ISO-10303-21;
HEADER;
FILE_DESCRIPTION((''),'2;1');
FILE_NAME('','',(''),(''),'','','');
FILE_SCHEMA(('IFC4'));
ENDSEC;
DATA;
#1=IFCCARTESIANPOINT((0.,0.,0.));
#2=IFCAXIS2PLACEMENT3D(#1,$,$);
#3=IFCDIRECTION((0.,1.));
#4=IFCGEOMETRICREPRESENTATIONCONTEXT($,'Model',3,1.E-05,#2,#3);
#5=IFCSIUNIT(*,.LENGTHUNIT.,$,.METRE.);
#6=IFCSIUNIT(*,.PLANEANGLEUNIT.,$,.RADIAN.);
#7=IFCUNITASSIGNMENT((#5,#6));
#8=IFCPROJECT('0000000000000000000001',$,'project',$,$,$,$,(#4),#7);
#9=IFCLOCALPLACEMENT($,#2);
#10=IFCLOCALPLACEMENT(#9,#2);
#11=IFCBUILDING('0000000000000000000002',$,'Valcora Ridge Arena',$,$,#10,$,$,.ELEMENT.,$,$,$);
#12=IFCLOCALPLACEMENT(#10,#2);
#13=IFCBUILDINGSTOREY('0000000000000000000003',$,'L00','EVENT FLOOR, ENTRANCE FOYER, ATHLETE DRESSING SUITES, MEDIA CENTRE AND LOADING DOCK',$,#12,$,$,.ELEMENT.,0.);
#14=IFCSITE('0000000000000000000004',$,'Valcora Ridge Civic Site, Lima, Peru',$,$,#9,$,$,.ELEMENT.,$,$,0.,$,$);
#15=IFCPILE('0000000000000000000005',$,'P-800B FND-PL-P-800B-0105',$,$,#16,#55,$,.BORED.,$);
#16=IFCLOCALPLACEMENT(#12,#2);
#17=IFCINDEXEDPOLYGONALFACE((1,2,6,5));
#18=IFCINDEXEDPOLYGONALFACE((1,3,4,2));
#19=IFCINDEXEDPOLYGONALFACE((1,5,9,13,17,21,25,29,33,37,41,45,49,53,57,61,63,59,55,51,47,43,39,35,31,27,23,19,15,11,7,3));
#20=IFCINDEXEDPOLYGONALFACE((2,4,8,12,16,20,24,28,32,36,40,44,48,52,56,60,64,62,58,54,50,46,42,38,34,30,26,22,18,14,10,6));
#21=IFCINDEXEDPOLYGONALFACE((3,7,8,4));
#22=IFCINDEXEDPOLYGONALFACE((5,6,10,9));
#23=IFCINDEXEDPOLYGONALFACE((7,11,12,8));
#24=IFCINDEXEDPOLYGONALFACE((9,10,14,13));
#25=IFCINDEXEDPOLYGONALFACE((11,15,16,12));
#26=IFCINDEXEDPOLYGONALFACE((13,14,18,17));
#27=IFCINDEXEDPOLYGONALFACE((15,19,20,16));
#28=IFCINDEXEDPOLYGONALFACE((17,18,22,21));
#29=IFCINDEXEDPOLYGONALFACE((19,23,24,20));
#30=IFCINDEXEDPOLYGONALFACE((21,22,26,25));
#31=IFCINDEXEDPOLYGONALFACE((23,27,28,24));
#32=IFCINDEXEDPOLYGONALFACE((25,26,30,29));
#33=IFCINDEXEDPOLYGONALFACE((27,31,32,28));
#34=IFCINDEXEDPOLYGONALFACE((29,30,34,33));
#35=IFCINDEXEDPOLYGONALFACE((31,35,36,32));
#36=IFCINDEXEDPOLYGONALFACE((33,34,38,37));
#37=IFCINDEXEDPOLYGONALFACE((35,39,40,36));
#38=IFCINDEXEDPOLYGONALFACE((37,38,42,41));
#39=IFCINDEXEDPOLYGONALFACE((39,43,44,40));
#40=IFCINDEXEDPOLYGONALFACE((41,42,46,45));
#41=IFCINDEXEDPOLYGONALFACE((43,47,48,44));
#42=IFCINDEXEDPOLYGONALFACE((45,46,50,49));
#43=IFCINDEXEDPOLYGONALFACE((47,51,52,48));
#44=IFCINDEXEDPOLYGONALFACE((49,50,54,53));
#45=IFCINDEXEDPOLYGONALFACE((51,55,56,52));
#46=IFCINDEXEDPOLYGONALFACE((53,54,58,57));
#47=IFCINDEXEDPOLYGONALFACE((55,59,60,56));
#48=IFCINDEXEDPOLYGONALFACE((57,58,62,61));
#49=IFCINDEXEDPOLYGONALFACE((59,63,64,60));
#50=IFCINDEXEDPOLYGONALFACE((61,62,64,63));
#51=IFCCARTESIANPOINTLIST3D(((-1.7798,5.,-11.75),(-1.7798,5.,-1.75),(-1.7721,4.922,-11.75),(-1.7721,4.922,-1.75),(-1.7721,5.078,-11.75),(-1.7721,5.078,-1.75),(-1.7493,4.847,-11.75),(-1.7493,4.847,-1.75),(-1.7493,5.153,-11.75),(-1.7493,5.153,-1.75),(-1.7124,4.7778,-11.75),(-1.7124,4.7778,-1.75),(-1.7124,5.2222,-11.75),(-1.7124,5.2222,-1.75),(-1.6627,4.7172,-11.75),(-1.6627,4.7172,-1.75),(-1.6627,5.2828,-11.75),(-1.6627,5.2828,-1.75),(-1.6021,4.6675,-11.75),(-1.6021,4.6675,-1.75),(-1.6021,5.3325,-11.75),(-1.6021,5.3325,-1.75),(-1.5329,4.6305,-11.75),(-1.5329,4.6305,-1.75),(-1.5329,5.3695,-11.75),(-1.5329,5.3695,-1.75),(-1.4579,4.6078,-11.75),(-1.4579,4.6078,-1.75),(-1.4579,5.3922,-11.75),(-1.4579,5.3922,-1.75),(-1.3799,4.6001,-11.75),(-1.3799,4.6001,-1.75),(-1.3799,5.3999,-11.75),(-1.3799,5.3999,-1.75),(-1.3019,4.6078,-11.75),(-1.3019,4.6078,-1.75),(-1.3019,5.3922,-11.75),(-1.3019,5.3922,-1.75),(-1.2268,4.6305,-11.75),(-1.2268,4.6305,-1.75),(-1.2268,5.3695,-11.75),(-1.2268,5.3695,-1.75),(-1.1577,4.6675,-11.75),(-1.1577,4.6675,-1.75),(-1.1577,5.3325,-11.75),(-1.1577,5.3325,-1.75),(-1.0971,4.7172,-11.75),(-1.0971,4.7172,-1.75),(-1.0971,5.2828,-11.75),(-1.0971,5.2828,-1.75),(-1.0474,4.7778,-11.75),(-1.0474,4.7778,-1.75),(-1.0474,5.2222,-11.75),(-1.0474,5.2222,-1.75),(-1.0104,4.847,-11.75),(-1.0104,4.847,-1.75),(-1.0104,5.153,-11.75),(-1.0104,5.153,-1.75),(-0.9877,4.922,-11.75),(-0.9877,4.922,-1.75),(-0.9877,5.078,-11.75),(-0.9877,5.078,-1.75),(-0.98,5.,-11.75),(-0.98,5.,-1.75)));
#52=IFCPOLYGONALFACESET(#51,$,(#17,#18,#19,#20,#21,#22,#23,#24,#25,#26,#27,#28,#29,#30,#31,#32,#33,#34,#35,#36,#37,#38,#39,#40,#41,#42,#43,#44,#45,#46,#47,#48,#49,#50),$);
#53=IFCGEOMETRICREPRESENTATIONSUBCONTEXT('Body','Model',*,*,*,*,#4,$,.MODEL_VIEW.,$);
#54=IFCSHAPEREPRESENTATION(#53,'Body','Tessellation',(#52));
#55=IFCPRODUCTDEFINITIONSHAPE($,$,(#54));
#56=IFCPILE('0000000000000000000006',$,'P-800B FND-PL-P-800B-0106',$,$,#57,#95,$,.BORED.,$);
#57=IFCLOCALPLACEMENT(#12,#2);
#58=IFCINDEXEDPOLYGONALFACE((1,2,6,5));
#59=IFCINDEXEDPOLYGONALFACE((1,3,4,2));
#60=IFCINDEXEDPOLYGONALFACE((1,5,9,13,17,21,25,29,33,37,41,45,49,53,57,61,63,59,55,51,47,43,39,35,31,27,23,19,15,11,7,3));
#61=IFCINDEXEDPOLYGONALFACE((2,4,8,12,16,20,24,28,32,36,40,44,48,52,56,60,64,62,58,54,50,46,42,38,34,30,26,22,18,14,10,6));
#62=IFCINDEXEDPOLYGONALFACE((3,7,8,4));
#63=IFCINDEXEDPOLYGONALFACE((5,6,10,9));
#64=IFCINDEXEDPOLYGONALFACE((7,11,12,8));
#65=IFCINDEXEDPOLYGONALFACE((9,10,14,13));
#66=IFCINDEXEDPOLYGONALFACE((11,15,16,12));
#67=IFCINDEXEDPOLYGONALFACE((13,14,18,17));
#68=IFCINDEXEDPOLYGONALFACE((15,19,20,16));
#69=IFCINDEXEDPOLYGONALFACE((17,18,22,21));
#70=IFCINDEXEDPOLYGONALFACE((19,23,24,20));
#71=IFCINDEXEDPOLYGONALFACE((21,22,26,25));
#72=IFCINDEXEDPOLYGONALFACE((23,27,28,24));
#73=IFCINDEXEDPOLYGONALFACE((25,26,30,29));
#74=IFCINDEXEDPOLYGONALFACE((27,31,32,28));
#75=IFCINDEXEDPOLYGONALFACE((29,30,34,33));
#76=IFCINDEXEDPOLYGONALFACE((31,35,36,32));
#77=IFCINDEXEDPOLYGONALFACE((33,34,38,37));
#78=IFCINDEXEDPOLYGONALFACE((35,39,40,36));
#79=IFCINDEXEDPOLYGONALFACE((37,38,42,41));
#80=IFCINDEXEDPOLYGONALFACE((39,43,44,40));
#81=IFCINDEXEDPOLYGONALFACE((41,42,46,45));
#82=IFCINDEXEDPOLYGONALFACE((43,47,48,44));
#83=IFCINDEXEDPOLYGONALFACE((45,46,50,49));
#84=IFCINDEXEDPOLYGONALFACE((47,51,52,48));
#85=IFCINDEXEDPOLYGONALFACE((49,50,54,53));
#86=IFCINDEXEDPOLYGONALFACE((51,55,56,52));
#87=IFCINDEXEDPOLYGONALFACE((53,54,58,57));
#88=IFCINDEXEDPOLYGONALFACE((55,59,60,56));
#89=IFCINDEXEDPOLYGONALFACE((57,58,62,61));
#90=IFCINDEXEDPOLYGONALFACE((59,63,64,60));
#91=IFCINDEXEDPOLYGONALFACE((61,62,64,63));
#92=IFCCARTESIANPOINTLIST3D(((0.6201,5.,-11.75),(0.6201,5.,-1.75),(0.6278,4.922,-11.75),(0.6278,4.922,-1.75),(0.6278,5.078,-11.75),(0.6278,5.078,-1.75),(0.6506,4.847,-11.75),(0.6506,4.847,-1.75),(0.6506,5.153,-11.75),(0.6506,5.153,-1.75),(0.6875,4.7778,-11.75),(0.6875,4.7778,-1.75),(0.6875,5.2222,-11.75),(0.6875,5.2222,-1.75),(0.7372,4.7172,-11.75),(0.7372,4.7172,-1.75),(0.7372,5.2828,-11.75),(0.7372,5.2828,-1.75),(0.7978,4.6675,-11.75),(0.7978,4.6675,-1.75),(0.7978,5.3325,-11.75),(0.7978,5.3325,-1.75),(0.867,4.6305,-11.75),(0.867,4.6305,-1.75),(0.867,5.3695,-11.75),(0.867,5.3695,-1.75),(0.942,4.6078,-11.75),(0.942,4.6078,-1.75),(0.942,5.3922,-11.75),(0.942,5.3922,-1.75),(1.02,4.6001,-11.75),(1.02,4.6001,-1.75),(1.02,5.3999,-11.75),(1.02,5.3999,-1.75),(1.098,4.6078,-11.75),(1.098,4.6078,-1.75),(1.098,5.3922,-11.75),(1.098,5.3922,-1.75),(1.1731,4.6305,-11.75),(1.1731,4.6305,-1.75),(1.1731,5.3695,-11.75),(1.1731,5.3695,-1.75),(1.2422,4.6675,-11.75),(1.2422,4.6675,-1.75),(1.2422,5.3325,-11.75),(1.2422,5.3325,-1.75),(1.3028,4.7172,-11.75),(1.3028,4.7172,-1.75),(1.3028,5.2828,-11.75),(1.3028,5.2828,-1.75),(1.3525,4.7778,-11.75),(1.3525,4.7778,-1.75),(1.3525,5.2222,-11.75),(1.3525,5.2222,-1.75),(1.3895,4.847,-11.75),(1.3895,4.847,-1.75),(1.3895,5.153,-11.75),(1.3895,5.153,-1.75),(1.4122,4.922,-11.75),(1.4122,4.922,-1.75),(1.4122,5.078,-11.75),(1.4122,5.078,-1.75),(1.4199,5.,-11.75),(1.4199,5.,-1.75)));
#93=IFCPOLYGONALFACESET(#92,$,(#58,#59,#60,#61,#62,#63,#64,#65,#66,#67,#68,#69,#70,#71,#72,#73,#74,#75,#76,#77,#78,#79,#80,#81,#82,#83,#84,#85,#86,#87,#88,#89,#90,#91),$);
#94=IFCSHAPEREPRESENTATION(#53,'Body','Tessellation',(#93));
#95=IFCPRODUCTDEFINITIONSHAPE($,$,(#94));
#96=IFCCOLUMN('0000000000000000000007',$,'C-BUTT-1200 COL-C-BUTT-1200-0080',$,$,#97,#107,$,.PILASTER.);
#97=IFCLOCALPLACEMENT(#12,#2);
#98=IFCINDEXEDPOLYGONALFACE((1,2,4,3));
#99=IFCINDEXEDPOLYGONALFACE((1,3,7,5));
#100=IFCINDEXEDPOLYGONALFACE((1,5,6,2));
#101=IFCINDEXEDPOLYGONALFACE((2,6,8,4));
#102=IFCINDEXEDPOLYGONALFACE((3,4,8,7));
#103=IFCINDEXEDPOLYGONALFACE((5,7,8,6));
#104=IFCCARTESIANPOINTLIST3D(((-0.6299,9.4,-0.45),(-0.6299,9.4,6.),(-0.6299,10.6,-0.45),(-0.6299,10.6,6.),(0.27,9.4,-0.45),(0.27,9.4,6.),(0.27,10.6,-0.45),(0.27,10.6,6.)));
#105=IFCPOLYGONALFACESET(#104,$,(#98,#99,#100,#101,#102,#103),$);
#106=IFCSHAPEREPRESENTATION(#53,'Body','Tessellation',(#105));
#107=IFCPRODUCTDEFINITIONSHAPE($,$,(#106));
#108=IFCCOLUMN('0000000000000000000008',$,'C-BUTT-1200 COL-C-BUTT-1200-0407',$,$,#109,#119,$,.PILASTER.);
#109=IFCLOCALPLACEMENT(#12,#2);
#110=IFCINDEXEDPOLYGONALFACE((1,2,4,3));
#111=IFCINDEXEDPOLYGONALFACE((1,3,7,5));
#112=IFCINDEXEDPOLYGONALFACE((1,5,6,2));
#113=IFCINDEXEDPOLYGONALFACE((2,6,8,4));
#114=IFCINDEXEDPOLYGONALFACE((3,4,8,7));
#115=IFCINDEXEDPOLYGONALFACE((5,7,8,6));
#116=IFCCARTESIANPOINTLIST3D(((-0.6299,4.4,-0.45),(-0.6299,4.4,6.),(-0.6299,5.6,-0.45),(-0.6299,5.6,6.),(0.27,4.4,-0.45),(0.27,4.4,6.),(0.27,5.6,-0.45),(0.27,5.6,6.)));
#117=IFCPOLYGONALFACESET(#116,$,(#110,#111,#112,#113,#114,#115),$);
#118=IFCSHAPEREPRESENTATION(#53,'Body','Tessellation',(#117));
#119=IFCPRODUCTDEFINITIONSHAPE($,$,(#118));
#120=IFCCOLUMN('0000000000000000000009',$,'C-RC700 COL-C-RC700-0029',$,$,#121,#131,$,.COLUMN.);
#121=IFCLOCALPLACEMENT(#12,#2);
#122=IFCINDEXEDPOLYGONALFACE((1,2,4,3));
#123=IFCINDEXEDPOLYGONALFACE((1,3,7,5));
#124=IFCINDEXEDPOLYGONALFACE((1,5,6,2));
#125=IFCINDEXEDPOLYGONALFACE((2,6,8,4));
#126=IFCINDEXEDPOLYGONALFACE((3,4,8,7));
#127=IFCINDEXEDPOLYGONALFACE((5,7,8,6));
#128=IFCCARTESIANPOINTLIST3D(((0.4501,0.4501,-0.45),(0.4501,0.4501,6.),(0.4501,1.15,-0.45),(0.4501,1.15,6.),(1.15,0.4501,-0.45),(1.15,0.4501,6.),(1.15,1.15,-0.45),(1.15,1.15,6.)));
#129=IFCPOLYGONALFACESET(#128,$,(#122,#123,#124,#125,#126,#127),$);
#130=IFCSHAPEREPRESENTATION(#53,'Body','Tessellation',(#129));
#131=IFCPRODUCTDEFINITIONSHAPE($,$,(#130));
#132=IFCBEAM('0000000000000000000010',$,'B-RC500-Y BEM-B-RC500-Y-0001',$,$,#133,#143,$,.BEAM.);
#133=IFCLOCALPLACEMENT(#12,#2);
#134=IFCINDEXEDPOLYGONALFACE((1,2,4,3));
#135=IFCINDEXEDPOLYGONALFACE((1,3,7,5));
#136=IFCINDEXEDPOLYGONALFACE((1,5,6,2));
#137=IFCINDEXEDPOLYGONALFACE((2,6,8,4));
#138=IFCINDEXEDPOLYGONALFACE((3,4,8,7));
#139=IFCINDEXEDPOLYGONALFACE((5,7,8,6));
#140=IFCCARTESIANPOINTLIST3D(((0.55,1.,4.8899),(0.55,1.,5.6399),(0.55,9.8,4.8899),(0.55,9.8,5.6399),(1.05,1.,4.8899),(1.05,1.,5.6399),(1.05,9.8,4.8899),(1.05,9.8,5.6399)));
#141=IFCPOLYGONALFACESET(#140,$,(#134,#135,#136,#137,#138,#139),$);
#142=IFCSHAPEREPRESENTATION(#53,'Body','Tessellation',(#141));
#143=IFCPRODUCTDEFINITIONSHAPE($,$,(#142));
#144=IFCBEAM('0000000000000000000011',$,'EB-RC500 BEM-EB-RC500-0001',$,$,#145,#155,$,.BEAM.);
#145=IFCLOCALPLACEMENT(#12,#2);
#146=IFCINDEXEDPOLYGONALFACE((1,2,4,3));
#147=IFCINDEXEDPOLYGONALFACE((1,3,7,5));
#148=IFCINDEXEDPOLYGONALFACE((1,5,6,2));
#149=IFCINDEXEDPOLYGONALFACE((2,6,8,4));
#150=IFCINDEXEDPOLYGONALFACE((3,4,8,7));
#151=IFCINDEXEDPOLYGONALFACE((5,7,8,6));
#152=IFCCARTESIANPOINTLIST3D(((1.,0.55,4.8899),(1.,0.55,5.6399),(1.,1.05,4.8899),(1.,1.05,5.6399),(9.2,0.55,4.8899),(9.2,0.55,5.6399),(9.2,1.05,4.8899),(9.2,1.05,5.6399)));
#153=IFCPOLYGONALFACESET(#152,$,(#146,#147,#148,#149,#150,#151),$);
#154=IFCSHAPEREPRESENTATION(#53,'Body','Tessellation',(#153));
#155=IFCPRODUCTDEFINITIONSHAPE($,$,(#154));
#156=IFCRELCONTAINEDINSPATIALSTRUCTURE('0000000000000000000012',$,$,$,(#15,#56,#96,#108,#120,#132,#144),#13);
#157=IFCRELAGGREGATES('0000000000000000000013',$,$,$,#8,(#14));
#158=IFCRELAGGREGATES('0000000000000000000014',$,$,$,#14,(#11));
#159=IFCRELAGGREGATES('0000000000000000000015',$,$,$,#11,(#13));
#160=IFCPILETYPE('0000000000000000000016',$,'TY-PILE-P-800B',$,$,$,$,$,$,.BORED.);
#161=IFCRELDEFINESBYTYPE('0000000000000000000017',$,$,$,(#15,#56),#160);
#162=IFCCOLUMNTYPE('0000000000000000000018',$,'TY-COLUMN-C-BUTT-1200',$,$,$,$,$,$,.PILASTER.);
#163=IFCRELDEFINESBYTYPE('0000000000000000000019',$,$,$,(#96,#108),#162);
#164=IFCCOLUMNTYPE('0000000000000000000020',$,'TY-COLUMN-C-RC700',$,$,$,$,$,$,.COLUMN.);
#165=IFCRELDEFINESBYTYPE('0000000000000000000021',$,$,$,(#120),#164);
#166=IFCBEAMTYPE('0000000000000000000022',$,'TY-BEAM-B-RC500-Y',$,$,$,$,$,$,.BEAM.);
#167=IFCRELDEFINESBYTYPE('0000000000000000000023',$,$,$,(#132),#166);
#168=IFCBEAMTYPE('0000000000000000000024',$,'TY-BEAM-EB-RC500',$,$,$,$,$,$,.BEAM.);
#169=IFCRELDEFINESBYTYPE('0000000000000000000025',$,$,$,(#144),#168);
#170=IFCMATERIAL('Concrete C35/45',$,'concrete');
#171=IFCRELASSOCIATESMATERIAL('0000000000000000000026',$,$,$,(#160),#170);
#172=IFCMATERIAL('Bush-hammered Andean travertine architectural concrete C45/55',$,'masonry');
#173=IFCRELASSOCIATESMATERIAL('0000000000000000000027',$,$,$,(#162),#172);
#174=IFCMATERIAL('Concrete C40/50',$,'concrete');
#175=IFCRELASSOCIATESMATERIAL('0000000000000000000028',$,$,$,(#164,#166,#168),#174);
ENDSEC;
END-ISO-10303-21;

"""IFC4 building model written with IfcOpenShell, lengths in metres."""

from ifc_helpers import new_model, si_unit, direction, frame, origin, origin_2d, place, context, subcontext, project, spatial, rectangle, circle, extrude, material, material_profile, profile_set, type_object, element, save


model = new_model("IFC4")

# Units and contexts
model_context = context("Model", 3, precision=1e-05, world=origin(), true_north=direction((0.0, 1.0)))
body_context = subcontext(model_context, "Body", "Model", "MODEL_VIEW")
ifc_project = project(units=[si_unit("LENGTHUNIT", "METRE"), si_unit("PLANEANGLEUNIT", "RADIAN")], contexts=[model_context])

# Site, building, storey
site_placement = place(None, origin())
site = spatial("IfcSite", under=ifc_project, at=site_placement, Name="Valcora Ridge Civic Site, Lima, Peru", CompositionType="ELEMENT", RefElevation=0.0)
building_placement = place(site_placement, origin())
building = spatial("IfcBuilding", under=site, at=building_placement, Name="Valcora Ridge Arena", CompositionType="ELEMENT")
storey_placement = place(building_placement, origin())
storey = spatial("IfcBuildingStorey", under=building, at=storey_placement, Name="L00", Description="EVENT FLOOR, ENTRANCE FOYER, ATHLETE DRESSING SUITES, MEDIA CENTRE AND LOADING DOCK", CompositionType="ELEMENT", Elevation=0.0)

# Shared definitions
ifc_material_1 = material(Name="Concrete C40/50", Category="concrete")

# Piles
ifc_material_2 = material(Name="Concrete C35/45", Category="concrete")
ifc_material_profile_1 = material_profile(ifc_material_2, circle(Radius=0.3999, at=origin_2d()), Name="BORED PILE D800")
ifc_profile_set_1 = profile_set([ifc_material_profile_1], Name="Concrete C35/45")
pile_type_1 = type_object("IfcPileType", Name="TY-PILE-P-800B", PredefinedType="BORED", material=ifc_profile_set_1)
for number, where, z_axis, x_axis, name in (
    (1, (-1.3799, 5.0, -1.75), (0.0, 0.0, -1.0), (1.0, 0.0, 0.0), "P-800B FND-PL-P-800B-0105"),
    (2, (1.02, 5.0, -1.75), (0.0, 0.0, -1.0), (1.0, 0.0, 0.0), "P-800B FND-PL-P-800B-0106"),
):
    element("IfcPile", number, at=place(storey_placement, frame(where, z_axis=z_axis, x_axis=x_axis)), inside=storey, type_object=pile_type_1, Name=name, PredefinedType="BORED", context=body_context, shape_type="SweptSolid", body=[
        extrude(circle(Radius=0.3999, at=origin_2d()), origin(), (0.0, 0.0, 1.0), 10.0),
    ])

# Columns
ifc_material_3 = material(Name="Bush-hammered Andean travertine architectural concrete C45/55", Category="masonry")
ifc_material_profile_2 = material_profile(ifc_material_3, rectangle(XDim=0.8999, YDim=1.2, at=origin_2d()), Name="RC 900x1200")
ifc_profile_set_2 = profile_set([ifc_material_profile_2], Name="Bush-hammered Andean travertine architectural concrete C45/55")
column_type_1 = type_object("IfcColumnType", Name="TY-COLUMN-C-BUTT-1200", PredefinedType="PILASTER", material=ifc_profile_set_2)
for number, where, z_axis, x_axis, name in (
    (3, (-0.1799, 10.0, -0.45), (0.0, 0.0, 1.0), (1.0, 0.0, 0.0), "C-BUTT-1200 COL-C-BUTT-1200-0080"),
    (4, (-0.1799, 5.0, -0.45), (0.0, 0.0, 1.0), (1.0, 0.0, 0.0), "C-BUTT-1200 COL-C-BUTT-1200-0407"),
):
    element("IfcColumn", number, at=place(storey_placement, frame(where, z_axis=z_axis, x_axis=x_axis)), inside=storey, type_object=column_type_1, Name=name, PredefinedType="PILASTER", context=body_context, shape_type="SweptSolid", body=[
        extrude(rectangle(XDim=0.8999, YDim=1.2, at=origin_2d()), origin(), (0.0, 0.0, 1.0), 6.45),
    ])
ifc_material_profile_3 = material_profile(ifc_material_1, rectangle(XDim=0.7, YDim=0.7, at=origin_2d()), Name="RC 700x700")
ifc_profile_set_3 = profile_set([ifc_material_profile_3], Name="Concrete C40/50")
column_type_2 = type_object("IfcColumnType", Name="TY-COLUMN-C-RC700", PredefinedType="COLUMN", material=ifc_profile_set_3)
column_placement = place(storey_placement, frame((0.8, 0.8, -0.45), z_axis=(0.0, 0.0, 1.0), x_axis=(1.0, 0.0, 0.0)))
element("IfcColumn", 5, at=column_placement, inside=storey, type_object=column_type_2, Name="C-RC700 COL-C-RC700-0029", PredefinedType="COLUMN", context=body_context, shape_type="SweptSolid", body=[
    extrude(rectangle(XDim=0.7, YDim=0.7, at=origin_2d()), origin(), (0.0, 0.0, 1.0), 6.45),
])

# Beams
ifc_material_profile_4 = material_profile(ifc_material_1, rectangle(XDim=0.5, YDim=0.75, at=origin_2d()), Name="RC 500x750")
ifc_profile_set_4 = profile_set([ifc_material_profile_4], Name="Concrete C40/50")
beam_type_1 = type_object("IfcBeamType", Name="TY-BEAM-B-RC500-Y", PredefinedType="BEAM", material=ifc_profile_set_4)
beam_1_placement = place(storey_placement, frame((0.8, 1.0, 5.2649), z_axis=(0.0, 1.0, 0.0), x_axis=(-1.0, 0.0, 0.0)))
element("IfcBeam", 6, at=beam_1_placement, inside=storey, type_object=beam_type_1, Name="B-RC500-Y BEM-B-RC500-Y-0001", PredefinedType="BEAM", context=body_context, shape_type="SweptSolid", body=[
    extrude(rectangle(XDim=0.5, YDim=0.75, at=origin_2d()), origin(), (0.0, 0.0, 1.0), 8.8),
])
ifc_material_profile_5 = material_profile(ifc_material_1, rectangle(XDim=0.5, YDim=0.75, at=origin_2d()), Name="RC 500x750")
ifc_profile_set_5 = profile_set([ifc_material_profile_5], Name="Concrete C40/50")
beam_type_2 = type_object("IfcBeamType", Name="TY-BEAM-EB-RC500", PredefinedType="BEAM", material=ifc_profile_set_5)
beam_2_placement = place(storey_placement, frame((1.0, 0.8, 5.2649), z_axis=(1.0, 0.0, 0.0), x_axis=(0.0, 1.0, 0.0)))
element("IfcBeam", 7, at=beam_2_placement, inside=storey, type_object=beam_type_2, Name="EB-RC500 BEM-EB-RC500-0001", PredefinedType="BEAM", context=body_context, shape_type="SweptSolid", body=[
    extrude(rectangle(XDim=0.5, YDim=0.75, at=origin_2d()), origin(), (0.0, 0.0, 1.0), 8.2),
])

save(model, "model.ifc")
